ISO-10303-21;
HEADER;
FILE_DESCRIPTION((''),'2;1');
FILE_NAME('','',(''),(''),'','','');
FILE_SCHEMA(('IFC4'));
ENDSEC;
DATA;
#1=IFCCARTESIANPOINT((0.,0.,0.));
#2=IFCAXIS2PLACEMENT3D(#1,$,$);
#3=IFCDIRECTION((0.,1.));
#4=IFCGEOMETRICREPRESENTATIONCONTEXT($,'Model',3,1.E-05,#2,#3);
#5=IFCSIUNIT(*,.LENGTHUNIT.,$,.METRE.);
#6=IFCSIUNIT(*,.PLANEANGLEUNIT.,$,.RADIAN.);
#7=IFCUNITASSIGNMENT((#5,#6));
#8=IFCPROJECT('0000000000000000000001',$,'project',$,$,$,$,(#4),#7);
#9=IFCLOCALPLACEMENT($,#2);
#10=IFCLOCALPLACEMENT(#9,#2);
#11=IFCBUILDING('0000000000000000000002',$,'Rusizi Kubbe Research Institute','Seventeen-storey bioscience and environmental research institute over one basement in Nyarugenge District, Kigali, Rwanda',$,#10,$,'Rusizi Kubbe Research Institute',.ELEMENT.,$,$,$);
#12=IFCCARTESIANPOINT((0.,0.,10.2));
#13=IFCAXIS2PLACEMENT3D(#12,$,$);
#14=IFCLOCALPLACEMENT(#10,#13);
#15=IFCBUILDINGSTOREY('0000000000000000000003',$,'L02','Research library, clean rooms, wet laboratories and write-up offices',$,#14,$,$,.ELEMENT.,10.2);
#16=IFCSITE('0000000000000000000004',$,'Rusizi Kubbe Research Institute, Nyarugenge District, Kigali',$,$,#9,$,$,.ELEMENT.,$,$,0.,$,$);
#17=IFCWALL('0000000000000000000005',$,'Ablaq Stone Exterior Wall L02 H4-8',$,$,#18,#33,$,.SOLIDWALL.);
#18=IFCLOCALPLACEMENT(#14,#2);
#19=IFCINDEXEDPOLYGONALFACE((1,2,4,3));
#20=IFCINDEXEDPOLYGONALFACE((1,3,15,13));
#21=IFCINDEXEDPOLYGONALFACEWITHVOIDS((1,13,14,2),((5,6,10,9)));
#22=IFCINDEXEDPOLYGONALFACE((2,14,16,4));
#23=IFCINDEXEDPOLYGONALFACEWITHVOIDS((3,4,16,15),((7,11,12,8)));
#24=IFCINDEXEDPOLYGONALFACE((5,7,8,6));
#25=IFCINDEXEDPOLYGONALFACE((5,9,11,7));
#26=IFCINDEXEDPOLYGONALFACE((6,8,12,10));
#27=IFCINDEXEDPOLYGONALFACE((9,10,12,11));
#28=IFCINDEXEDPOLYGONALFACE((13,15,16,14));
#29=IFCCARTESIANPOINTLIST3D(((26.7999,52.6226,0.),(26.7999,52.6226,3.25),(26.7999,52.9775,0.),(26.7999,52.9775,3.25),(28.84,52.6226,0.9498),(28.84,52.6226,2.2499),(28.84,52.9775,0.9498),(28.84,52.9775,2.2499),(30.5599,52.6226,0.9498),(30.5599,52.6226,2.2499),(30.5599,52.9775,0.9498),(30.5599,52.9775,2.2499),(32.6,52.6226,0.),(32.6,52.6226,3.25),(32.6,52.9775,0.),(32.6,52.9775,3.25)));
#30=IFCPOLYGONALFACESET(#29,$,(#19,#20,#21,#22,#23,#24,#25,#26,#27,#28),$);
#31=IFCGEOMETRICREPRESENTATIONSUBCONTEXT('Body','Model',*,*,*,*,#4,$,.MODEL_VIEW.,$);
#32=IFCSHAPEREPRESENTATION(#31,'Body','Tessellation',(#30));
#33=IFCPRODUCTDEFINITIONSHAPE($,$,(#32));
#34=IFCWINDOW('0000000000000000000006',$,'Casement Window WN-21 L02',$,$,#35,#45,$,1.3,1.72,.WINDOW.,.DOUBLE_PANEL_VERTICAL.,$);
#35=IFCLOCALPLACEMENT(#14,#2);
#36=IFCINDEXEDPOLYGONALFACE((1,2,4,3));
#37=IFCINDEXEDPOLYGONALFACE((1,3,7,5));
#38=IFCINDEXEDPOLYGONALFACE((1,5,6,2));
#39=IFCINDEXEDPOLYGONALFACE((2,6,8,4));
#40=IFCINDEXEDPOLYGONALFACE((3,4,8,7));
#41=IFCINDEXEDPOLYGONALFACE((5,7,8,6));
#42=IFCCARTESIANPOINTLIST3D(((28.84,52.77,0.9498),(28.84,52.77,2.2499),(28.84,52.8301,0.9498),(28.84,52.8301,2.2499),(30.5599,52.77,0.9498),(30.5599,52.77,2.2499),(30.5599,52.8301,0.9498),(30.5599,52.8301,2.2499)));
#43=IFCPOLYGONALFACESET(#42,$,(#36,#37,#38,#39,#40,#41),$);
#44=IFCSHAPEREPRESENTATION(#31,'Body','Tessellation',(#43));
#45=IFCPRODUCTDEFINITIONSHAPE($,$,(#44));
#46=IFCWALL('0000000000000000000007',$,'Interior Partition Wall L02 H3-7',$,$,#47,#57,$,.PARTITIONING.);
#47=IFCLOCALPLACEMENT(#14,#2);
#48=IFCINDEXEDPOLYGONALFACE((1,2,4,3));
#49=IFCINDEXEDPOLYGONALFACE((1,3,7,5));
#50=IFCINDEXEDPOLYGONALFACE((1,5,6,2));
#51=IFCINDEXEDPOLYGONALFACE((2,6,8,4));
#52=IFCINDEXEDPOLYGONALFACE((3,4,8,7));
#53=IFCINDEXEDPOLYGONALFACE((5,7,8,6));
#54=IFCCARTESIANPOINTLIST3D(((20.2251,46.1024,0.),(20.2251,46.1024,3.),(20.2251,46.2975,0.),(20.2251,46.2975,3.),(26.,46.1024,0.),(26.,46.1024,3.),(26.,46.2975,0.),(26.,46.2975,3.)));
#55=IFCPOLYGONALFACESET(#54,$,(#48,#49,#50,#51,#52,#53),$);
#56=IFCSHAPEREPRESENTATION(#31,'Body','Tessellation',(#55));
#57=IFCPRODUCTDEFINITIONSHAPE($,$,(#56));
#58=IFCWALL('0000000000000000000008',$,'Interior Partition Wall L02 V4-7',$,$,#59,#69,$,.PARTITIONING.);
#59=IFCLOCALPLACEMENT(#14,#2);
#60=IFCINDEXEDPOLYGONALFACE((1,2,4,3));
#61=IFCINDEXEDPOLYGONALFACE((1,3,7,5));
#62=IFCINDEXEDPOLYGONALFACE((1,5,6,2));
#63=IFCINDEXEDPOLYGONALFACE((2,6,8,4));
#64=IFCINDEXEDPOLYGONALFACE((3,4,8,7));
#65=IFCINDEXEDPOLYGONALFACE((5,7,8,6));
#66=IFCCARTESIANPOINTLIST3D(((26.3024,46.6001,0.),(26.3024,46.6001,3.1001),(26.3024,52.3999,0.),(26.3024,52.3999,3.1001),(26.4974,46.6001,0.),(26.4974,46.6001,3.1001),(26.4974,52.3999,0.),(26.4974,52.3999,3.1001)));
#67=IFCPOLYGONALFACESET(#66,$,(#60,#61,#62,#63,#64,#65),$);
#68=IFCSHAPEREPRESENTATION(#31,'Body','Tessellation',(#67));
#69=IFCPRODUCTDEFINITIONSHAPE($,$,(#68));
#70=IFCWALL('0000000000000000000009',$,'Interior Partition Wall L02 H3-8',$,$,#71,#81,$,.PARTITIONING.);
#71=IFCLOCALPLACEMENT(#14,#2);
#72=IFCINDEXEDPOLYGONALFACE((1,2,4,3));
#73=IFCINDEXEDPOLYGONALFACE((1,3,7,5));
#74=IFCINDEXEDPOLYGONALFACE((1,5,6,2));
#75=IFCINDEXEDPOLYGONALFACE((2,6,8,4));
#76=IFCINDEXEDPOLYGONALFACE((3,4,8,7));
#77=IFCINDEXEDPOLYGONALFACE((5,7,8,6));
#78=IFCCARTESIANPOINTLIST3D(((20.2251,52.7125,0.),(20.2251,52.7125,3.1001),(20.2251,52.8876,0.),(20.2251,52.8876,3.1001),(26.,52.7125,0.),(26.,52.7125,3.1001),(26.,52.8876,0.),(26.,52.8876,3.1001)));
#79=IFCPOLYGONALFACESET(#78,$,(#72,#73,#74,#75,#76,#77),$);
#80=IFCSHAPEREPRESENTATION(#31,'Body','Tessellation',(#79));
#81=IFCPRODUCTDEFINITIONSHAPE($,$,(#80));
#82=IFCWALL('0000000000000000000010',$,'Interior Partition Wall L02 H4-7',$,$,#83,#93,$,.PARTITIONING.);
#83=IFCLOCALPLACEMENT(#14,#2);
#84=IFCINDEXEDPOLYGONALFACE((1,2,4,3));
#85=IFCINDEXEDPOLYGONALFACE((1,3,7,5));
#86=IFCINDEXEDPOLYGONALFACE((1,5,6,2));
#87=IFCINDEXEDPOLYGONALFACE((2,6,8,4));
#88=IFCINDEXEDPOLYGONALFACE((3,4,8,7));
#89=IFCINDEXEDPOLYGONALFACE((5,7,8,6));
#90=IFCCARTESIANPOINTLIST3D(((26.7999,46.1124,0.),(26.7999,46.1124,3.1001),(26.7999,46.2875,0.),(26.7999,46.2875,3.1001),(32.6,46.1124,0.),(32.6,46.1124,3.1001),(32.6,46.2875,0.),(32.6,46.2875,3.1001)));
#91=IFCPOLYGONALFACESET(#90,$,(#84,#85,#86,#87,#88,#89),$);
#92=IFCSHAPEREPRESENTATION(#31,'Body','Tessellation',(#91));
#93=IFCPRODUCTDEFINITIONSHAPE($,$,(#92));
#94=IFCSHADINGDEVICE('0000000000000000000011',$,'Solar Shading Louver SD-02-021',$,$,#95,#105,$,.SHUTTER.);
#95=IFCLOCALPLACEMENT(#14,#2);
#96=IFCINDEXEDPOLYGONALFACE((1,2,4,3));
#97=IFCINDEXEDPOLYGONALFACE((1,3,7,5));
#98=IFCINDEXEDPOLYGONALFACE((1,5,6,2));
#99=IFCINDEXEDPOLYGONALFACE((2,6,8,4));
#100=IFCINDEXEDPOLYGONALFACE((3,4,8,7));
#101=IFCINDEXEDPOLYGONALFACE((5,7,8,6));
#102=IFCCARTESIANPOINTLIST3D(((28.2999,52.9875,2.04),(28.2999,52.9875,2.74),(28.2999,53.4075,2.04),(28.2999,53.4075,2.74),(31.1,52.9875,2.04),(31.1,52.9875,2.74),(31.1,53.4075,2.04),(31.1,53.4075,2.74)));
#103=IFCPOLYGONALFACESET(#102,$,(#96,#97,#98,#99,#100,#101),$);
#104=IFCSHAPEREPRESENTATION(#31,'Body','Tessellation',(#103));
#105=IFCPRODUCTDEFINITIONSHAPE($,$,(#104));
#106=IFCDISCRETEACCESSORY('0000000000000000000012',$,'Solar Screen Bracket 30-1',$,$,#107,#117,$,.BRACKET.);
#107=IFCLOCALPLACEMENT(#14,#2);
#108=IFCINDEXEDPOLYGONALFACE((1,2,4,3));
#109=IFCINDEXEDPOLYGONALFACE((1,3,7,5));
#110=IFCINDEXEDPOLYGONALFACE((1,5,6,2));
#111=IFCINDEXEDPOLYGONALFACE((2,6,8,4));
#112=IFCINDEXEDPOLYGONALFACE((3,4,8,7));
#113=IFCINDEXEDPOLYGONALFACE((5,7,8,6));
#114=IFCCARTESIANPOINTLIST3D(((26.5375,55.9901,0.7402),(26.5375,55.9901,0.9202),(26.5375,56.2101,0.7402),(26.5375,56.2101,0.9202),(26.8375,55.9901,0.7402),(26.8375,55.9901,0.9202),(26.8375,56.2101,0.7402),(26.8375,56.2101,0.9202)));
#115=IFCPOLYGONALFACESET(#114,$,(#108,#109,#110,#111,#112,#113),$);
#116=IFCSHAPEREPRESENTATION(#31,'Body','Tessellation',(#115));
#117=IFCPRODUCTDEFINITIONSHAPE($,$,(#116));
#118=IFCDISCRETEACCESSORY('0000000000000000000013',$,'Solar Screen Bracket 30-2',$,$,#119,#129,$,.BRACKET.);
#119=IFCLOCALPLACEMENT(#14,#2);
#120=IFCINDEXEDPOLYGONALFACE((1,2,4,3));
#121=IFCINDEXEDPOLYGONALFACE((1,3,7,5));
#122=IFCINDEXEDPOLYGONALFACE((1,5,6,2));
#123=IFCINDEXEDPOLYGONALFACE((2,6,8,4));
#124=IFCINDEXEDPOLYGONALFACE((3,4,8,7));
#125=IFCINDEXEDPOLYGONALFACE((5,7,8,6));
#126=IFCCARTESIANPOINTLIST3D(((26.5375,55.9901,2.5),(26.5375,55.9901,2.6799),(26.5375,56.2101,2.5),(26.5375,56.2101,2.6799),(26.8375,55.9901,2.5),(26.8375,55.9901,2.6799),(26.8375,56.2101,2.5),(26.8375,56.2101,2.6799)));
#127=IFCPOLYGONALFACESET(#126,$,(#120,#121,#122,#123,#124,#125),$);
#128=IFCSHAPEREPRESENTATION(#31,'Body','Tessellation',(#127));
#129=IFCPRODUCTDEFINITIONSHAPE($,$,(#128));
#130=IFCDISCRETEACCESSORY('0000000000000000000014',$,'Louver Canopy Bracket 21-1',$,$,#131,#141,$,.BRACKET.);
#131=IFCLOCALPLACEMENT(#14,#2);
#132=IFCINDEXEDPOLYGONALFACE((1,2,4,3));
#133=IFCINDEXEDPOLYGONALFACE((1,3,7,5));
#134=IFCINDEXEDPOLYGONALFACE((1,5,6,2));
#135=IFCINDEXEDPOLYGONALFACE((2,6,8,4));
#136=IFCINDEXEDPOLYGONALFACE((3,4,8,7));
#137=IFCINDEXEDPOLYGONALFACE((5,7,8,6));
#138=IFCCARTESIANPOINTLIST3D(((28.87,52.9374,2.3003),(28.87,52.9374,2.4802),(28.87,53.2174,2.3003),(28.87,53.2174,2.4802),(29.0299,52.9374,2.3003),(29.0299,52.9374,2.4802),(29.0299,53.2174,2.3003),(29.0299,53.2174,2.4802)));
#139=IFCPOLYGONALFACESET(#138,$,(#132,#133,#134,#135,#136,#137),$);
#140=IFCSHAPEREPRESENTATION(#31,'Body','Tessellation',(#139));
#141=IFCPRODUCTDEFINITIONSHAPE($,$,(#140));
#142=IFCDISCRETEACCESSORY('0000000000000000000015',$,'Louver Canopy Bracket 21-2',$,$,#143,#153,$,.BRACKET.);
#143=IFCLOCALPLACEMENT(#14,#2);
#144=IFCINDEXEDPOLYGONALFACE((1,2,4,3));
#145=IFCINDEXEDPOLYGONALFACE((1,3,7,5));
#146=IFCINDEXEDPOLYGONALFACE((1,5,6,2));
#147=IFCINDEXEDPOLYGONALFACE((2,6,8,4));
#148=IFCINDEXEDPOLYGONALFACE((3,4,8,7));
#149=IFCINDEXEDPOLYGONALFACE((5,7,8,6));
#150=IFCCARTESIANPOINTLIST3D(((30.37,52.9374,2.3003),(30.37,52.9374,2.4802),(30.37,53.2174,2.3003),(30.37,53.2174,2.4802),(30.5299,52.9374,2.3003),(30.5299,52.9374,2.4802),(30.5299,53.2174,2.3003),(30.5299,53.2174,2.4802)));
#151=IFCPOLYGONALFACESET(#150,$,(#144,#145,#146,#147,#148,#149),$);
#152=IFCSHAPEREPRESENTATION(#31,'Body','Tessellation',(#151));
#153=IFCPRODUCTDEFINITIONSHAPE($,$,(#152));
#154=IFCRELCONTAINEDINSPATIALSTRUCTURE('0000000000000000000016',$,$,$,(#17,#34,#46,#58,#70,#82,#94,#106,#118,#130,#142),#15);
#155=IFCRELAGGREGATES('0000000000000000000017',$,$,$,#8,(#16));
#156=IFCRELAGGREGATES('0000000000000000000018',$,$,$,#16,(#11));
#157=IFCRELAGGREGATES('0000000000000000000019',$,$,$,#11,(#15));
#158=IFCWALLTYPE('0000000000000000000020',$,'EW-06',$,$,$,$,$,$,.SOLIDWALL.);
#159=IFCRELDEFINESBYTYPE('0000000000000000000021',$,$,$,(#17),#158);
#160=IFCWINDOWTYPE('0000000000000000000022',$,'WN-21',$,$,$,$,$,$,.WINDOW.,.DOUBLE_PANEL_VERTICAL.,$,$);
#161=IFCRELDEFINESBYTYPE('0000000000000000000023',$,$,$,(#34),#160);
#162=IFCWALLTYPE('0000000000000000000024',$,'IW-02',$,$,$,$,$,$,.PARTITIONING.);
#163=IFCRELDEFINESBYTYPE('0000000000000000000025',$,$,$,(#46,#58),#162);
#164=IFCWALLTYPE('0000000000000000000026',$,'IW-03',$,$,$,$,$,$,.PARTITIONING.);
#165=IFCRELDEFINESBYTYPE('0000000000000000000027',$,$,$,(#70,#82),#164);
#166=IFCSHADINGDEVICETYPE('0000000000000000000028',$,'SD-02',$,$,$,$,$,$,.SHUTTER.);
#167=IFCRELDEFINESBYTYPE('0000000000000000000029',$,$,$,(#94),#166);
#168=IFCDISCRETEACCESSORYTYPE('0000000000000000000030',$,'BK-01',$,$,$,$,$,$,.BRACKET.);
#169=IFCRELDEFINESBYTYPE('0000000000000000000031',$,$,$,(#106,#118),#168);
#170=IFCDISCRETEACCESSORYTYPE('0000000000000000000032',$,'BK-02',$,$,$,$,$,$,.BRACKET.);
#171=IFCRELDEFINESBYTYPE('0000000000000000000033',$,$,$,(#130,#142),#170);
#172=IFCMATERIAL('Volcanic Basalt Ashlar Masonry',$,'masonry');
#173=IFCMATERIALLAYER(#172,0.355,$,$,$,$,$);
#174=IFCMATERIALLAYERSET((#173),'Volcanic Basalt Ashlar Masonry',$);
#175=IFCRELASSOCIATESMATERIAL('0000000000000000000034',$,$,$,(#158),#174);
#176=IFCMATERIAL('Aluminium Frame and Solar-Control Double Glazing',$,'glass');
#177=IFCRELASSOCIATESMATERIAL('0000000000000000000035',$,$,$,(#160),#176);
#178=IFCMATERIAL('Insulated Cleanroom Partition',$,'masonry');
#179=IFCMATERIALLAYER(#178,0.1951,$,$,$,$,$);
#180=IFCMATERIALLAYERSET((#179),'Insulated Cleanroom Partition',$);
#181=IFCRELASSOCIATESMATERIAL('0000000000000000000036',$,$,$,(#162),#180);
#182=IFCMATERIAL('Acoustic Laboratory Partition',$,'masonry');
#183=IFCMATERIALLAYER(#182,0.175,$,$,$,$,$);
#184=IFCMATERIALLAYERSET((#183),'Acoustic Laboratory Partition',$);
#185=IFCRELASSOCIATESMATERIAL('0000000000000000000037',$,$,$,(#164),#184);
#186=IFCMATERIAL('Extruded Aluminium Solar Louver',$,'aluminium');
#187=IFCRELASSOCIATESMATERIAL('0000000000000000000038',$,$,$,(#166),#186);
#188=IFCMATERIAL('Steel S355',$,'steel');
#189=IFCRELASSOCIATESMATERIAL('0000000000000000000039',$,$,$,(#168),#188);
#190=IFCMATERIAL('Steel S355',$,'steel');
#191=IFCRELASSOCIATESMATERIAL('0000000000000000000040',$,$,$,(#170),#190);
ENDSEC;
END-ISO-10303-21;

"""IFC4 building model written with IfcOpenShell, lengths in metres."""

from ifc_helpers import new_model, si_unit, direction, frame, frame_2d, origin, origin_2d, place, context, subcontext, project, spatial, rectangle, extrude, material, layer, layer_set, type_object, element, fill, save


model = new_model("IFC4")

# Units and contexts
model_context = context("Model", 3, precision=1e-05, world=origin(), true_north=direction((0.0, 1.0)))
body_context = subcontext(model_context, "Body", "Model", "MODEL_VIEW")
ifc_project = project(units=[si_unit("LENGTHUNIT", "METRE"), si_unit("PLANEANGLEUNIT", "RADIAN")], contexts=[model_context])

# Site, building, storey
site_placement = place(None, origin())
site = spatial("IfcSite", under=ifc_project, at=site_placement, Name="Rusizi Kubbe Research Institute, Nyarugenge District, Kigali", CompositionType="ELEMENT", RefElevation=0.0)
building_placement = place(site_placement, origin())
building = spatial("IfcBuilding", under=site, at=building_placement, Name="Rusizi Kubbe Research Institute", Description="Seventeen-storey bioscience and environmental research institute over one basement in Nyarugenge District, Kigali, Rwanda", LongName="Rusizi Kubbe Research Institute", CompositionType="ELEMENT")
storey_placement = place(building_placement, frame((0.0, 0.0, 10.2)))
storey = spatial("IfcBuildingStorey", under=building, at=storey_placement, Name="L02", Description="Research library, clean rooms, wet laboratories and write-up offices", CompositionType="ELEMENT", Elevation=10.2)

# Shared definitions
ifc_material_1 = material(Name="Volcanic Basalt Ashlar Masonry", Category="masonry")
ifc_layer_1 = layer(ifc_material_1, 0.355)
ifc_layer_set_1 = layer_set([ifc_layer_1], Name="Volcanic Basalt Ashlar Masonry")
wall_type_1 = type_object("IfcWallType", Name="EW-06", PredefinedType="SOLIDWALL", material=ifc_layer_set_1)

# Wall, opening, window
wall_1_placement = place(storey_placement, frame((26.8, 52.8, 0.0), z_axis=(0.0, 0.0, 1.0), x_axis=(1.0, 0.0, 0.0)))
wall_1 = element("IfcWall", 1, at=wall_1_placement, inside=storey, type_object=wall_type_1, Name="Ablaq Stone Exterior Wall L02 H4-8", PredefinedType="SOLIDWALL", context=body_context, shape_type="SweptSolid", body=[
    extrude(rectangle(XDim=5.8, YDim=0.355, at=frame_2d((2.8999, 0.0))), origin(), (0.0, 0.0, 1.0), 3.25),
])
opening_1_placement = place(wall_1_placement, frame((2.04, 0.0, 0.95)))
opening_1 = element("IfcOpeningElement", 2, at=opening_1_placement, cuts=wall_1, PredefinedType="OPENING", context=body_context, shape_type="SweptSolid", body=[
    extrude(rectangle(XDim=1.72, YDim=1.3, at=frame_2d((0.8599, 0.6499))), frame((0.0, 0.1875, 0.0), z_axis=(0.0, -1.0, 0.0), x_axis=(1.0, 0.0, 0.0)), (0.0, 0.0, 1.0), 0.375),
])
ifc_material_2 = material(Name="Aluminium Frame and Solar-Control Double Glazing", Category="glass")
window_type_1 = type_object("IfcWindowType", Name="WN-21", PartitioningType="DOUBLE_PANEL_VERTICAL", PredefinedType="WINDOW", material=ifc_material_2)
window_1_placement = place(opening_1_placement, origin())
window_1 = element("IfcWindow", 3, at=window_1_placement, inside=storey, type_object=window_type_1, Name="Casement Window WN-21 L02", OverallHeight=1.3, OverallWidth=1.72, PartitioningType="DOUBLE_PANEL_VERTICAL", PredefinedType="WINDOW", context=body_context, shape_type="SweptSolid", body=[
    extrude(rectangle(XDim=1.72, YDim=1.3, at=frame_2d((0.8599, 0.6499))), frame((0.0, 0.03, 0.0), z_axis=(0.0, -1.0, 0.0), x_axis=(1.0, 0.0, 0.0)), (0.0, 0.0, 1.0), 0.0601),
])
fill(opening_1, window_1)

# Walls
ifc_material_3 = material(Name="Insulated Cleanroom Partition", Category="masonry")
ifc_layer_2 = layer(ifc_material_3, 0.1951)
ifc_layer_set_2 = layer_set([ifc_layer_2], Name="Insulated Cleanroom Partition")
wall_type_2 = type_object("IfcWallType", Name="IW-02", PredefinedType="PARTITIONING", material=ifc_layer_set_2)
wall_2_placement = place(storey_placement, frame((20.2251, 46.2, 0.0), z_axis=(0.0, 0.0, 1.0), x_axis=(1.0, 0.0, 0.0)))
element("IfcWall", 4, at=wall_2_placement, inside=storey, type_object=wall_type_2, Name="Interior Partition Wall L02 H3-7", PredefinedType="PARTITIONING", context=body_context, shape_type="SweptSolid", body=[
    extrude(rectangle(XDim=5.7749, YDim=0.1951, at=frame_2d((2.8875, 0.0))), origin(), (0.0, 0.0, 1.0), 3.0),
])
wall_3_placement = place(storey_placement, frame((26.3999, 46.6001, 0.0), z_axis=(0.0, 0.0, 1.0), x_axis=(0.0, 1.0, 0.0)))
element("IfcWall", 5, at=wall_3_placement, inside=storey, type_object=wall_type_2, Name="Interior Partition Wall L02 V4-7", PredefinedType="PARTITIONING", context=body_context, shape_type="SweptSolid", body=[
    extrude(rectangle(XDim=5.7998, YDim=0.1951, at=frame_2d((2.8999, 0.0))), origin(), (0.0, 0.0, 1.0), 3.1001),
])
ifc_material_4 = material(Name="Acoustic Laboratory Partition", Category="masonry")
ifc_layer_3 = layer(ifc_material_4, 0.175)
ifc_layer_set_3 = layer_set([ifc_layer_3], Name="Acoustic Laboratory Partition")
wall_type_3 = type_object("IfcWallType", Name="IW-03", PredefinedType="PARTITIONING", material=ifc_layer_set_3)
wall_4_placement = place(storey_placement, frame((20.2251, 52.8, 0.0), z_axis=(0.0, 0.0, 1.0), x_axis=(1.0, 0.0, 0.0)))
element("IfcWall", 6, at=wall_4_placement, inside=storey, type_object=wall_type_3, Name="Interior Partition Wall L02 H3-8", PredefinedType="PARTITIONING", context=body_context, shape_type="SweptSolid", body=[
    extrude(rectangle(XDim=5.7749, YDim=0.175, at=frame_2d((2.8875, 0.0))), origin(), (0.0, 0.0, 1.0), 3.1001),
])
wall_5_placement = place(storey_placement, frame((26.8, 46.2, 0.0), z_axis=(0.0, 0.0, 1.0), x_axis=(1.0, 0.0, 0.0)))
element("IfcWall", 7, at=wall_5_placement, inside=storey, type_object=wall_type_3, Name="Interior Partition Wall L02 H4-7", PredefinedType="PARTITIONING", context=body_context, shape_type="SweptSolid", body=[
    extrude(rectangle(XDim=5.8, YDim=0.175, at=frame_2d((2.8999, 0.0))), origin(), (0.0, 0.0, 1.0), 3.1001),
])

# Shading device
ifc_material_5 = material(Name="Extruded Aluminium Solar Louver", Category="aluminium")
shading_device_type = type_object("IfcShadingDeviceType", Name="SD-02", PredefinedType="SHUTTER", material=ifc_material_5)
shading_device_placement = place(storey_placement, frame((29.7, 53.1975, 2.04), z_axis=(0.0, 0.0, 1.0), x_axis=(1.0, 0.0, 0.0)))
element("IfcShadingDevice", 8, at=shading_device_placement, inside=storey, type_object=shading_device_type, Name="Solar Shading Louver SD-02-021", PredefinedType="SHUTTER", context=body_context, shape_type="SweptSolid", body=[
    extrude(rectangle(XDim=2.8, YDim=0.4199, at=origin_2d()), origin(), (0.0, 0.0, 1.0), 0.7),
])

# Discrete accessories
ifc_material_6 = material(Name="Steel S355", Category="steel")
discrete_accessory_type_1 = type_object("IfcDiscreteAccessoryType", Name="BK-01", PredefinedType="BRACKET", material=ifc_material_6)
for number, where, z_axis, x_axis, name in (
    (9, (26.6875, 56.1001, 0.7402), (0.0, 0.0, 1.0), (1.0, 0.0, 0.0), "Solar Screen Bracket 30-1"),
    (10, (26.6875, 56.1001, 2.5), (0.0, 0.0, 1.0), (1.0, 0.0, 0.0), "Solar Screen Bracket 30-2"),
):
    element("IfcDiscreteAccessory", number, at=place(storey_placement, frame(where, z_axis=z_axis, x_axis=x_axis)), inside=storey, type_object=discrete_accessory_type_1, Name=name, PredefinedType="BRACKET", context=body_context, shape_type="SweptSolid", body=[
        extrude(rectangle(XDim=0.3, YDim=0.22, at=origin_2d()), origin(), (0.0, 0.0, 1.0), 0.1799),
    ])
ifc_material_7 = material(Name="Steel S355", Category="steel")
discrete_accessory_type_2 = type_object("IfcDiscreteAccessoryType", Name="BK-02", PredefinedType="BRACKET", material=ifc_material_7)
for number, where, z_axis, x_axis, name in (
    (11, (28.95, 53.0774, 2.3003), (0.0, 0.0, 1.0), (1.0, 0.0, 0.0), "Louver Canopy Bracket 21-1"),
    (12, (30.45, 53.0774, 2.3003), (0.0, 0.0, 1.0), (1.0, 0.0, 0.0), "Louver Canopy Bracket 21-2"),
):
    element("IfcDiscreteAccessory", number, at=place(storey_placement, frame(where, z_axis=z_axis, x_axis=x_axis)), inside=storey, type_object=discrete_accessory_type_2, Name=name, PredefinedType="BRACKET", context=body_context, shape_type="SweptSolid", body=[
        extrude(rectangle(XDim=0.1599, YDim=0.28, at=origin_2d()), origin(), (0.0, 0.0, 1.0), 0.1799),
    ])

save(model, "model.ifc")
